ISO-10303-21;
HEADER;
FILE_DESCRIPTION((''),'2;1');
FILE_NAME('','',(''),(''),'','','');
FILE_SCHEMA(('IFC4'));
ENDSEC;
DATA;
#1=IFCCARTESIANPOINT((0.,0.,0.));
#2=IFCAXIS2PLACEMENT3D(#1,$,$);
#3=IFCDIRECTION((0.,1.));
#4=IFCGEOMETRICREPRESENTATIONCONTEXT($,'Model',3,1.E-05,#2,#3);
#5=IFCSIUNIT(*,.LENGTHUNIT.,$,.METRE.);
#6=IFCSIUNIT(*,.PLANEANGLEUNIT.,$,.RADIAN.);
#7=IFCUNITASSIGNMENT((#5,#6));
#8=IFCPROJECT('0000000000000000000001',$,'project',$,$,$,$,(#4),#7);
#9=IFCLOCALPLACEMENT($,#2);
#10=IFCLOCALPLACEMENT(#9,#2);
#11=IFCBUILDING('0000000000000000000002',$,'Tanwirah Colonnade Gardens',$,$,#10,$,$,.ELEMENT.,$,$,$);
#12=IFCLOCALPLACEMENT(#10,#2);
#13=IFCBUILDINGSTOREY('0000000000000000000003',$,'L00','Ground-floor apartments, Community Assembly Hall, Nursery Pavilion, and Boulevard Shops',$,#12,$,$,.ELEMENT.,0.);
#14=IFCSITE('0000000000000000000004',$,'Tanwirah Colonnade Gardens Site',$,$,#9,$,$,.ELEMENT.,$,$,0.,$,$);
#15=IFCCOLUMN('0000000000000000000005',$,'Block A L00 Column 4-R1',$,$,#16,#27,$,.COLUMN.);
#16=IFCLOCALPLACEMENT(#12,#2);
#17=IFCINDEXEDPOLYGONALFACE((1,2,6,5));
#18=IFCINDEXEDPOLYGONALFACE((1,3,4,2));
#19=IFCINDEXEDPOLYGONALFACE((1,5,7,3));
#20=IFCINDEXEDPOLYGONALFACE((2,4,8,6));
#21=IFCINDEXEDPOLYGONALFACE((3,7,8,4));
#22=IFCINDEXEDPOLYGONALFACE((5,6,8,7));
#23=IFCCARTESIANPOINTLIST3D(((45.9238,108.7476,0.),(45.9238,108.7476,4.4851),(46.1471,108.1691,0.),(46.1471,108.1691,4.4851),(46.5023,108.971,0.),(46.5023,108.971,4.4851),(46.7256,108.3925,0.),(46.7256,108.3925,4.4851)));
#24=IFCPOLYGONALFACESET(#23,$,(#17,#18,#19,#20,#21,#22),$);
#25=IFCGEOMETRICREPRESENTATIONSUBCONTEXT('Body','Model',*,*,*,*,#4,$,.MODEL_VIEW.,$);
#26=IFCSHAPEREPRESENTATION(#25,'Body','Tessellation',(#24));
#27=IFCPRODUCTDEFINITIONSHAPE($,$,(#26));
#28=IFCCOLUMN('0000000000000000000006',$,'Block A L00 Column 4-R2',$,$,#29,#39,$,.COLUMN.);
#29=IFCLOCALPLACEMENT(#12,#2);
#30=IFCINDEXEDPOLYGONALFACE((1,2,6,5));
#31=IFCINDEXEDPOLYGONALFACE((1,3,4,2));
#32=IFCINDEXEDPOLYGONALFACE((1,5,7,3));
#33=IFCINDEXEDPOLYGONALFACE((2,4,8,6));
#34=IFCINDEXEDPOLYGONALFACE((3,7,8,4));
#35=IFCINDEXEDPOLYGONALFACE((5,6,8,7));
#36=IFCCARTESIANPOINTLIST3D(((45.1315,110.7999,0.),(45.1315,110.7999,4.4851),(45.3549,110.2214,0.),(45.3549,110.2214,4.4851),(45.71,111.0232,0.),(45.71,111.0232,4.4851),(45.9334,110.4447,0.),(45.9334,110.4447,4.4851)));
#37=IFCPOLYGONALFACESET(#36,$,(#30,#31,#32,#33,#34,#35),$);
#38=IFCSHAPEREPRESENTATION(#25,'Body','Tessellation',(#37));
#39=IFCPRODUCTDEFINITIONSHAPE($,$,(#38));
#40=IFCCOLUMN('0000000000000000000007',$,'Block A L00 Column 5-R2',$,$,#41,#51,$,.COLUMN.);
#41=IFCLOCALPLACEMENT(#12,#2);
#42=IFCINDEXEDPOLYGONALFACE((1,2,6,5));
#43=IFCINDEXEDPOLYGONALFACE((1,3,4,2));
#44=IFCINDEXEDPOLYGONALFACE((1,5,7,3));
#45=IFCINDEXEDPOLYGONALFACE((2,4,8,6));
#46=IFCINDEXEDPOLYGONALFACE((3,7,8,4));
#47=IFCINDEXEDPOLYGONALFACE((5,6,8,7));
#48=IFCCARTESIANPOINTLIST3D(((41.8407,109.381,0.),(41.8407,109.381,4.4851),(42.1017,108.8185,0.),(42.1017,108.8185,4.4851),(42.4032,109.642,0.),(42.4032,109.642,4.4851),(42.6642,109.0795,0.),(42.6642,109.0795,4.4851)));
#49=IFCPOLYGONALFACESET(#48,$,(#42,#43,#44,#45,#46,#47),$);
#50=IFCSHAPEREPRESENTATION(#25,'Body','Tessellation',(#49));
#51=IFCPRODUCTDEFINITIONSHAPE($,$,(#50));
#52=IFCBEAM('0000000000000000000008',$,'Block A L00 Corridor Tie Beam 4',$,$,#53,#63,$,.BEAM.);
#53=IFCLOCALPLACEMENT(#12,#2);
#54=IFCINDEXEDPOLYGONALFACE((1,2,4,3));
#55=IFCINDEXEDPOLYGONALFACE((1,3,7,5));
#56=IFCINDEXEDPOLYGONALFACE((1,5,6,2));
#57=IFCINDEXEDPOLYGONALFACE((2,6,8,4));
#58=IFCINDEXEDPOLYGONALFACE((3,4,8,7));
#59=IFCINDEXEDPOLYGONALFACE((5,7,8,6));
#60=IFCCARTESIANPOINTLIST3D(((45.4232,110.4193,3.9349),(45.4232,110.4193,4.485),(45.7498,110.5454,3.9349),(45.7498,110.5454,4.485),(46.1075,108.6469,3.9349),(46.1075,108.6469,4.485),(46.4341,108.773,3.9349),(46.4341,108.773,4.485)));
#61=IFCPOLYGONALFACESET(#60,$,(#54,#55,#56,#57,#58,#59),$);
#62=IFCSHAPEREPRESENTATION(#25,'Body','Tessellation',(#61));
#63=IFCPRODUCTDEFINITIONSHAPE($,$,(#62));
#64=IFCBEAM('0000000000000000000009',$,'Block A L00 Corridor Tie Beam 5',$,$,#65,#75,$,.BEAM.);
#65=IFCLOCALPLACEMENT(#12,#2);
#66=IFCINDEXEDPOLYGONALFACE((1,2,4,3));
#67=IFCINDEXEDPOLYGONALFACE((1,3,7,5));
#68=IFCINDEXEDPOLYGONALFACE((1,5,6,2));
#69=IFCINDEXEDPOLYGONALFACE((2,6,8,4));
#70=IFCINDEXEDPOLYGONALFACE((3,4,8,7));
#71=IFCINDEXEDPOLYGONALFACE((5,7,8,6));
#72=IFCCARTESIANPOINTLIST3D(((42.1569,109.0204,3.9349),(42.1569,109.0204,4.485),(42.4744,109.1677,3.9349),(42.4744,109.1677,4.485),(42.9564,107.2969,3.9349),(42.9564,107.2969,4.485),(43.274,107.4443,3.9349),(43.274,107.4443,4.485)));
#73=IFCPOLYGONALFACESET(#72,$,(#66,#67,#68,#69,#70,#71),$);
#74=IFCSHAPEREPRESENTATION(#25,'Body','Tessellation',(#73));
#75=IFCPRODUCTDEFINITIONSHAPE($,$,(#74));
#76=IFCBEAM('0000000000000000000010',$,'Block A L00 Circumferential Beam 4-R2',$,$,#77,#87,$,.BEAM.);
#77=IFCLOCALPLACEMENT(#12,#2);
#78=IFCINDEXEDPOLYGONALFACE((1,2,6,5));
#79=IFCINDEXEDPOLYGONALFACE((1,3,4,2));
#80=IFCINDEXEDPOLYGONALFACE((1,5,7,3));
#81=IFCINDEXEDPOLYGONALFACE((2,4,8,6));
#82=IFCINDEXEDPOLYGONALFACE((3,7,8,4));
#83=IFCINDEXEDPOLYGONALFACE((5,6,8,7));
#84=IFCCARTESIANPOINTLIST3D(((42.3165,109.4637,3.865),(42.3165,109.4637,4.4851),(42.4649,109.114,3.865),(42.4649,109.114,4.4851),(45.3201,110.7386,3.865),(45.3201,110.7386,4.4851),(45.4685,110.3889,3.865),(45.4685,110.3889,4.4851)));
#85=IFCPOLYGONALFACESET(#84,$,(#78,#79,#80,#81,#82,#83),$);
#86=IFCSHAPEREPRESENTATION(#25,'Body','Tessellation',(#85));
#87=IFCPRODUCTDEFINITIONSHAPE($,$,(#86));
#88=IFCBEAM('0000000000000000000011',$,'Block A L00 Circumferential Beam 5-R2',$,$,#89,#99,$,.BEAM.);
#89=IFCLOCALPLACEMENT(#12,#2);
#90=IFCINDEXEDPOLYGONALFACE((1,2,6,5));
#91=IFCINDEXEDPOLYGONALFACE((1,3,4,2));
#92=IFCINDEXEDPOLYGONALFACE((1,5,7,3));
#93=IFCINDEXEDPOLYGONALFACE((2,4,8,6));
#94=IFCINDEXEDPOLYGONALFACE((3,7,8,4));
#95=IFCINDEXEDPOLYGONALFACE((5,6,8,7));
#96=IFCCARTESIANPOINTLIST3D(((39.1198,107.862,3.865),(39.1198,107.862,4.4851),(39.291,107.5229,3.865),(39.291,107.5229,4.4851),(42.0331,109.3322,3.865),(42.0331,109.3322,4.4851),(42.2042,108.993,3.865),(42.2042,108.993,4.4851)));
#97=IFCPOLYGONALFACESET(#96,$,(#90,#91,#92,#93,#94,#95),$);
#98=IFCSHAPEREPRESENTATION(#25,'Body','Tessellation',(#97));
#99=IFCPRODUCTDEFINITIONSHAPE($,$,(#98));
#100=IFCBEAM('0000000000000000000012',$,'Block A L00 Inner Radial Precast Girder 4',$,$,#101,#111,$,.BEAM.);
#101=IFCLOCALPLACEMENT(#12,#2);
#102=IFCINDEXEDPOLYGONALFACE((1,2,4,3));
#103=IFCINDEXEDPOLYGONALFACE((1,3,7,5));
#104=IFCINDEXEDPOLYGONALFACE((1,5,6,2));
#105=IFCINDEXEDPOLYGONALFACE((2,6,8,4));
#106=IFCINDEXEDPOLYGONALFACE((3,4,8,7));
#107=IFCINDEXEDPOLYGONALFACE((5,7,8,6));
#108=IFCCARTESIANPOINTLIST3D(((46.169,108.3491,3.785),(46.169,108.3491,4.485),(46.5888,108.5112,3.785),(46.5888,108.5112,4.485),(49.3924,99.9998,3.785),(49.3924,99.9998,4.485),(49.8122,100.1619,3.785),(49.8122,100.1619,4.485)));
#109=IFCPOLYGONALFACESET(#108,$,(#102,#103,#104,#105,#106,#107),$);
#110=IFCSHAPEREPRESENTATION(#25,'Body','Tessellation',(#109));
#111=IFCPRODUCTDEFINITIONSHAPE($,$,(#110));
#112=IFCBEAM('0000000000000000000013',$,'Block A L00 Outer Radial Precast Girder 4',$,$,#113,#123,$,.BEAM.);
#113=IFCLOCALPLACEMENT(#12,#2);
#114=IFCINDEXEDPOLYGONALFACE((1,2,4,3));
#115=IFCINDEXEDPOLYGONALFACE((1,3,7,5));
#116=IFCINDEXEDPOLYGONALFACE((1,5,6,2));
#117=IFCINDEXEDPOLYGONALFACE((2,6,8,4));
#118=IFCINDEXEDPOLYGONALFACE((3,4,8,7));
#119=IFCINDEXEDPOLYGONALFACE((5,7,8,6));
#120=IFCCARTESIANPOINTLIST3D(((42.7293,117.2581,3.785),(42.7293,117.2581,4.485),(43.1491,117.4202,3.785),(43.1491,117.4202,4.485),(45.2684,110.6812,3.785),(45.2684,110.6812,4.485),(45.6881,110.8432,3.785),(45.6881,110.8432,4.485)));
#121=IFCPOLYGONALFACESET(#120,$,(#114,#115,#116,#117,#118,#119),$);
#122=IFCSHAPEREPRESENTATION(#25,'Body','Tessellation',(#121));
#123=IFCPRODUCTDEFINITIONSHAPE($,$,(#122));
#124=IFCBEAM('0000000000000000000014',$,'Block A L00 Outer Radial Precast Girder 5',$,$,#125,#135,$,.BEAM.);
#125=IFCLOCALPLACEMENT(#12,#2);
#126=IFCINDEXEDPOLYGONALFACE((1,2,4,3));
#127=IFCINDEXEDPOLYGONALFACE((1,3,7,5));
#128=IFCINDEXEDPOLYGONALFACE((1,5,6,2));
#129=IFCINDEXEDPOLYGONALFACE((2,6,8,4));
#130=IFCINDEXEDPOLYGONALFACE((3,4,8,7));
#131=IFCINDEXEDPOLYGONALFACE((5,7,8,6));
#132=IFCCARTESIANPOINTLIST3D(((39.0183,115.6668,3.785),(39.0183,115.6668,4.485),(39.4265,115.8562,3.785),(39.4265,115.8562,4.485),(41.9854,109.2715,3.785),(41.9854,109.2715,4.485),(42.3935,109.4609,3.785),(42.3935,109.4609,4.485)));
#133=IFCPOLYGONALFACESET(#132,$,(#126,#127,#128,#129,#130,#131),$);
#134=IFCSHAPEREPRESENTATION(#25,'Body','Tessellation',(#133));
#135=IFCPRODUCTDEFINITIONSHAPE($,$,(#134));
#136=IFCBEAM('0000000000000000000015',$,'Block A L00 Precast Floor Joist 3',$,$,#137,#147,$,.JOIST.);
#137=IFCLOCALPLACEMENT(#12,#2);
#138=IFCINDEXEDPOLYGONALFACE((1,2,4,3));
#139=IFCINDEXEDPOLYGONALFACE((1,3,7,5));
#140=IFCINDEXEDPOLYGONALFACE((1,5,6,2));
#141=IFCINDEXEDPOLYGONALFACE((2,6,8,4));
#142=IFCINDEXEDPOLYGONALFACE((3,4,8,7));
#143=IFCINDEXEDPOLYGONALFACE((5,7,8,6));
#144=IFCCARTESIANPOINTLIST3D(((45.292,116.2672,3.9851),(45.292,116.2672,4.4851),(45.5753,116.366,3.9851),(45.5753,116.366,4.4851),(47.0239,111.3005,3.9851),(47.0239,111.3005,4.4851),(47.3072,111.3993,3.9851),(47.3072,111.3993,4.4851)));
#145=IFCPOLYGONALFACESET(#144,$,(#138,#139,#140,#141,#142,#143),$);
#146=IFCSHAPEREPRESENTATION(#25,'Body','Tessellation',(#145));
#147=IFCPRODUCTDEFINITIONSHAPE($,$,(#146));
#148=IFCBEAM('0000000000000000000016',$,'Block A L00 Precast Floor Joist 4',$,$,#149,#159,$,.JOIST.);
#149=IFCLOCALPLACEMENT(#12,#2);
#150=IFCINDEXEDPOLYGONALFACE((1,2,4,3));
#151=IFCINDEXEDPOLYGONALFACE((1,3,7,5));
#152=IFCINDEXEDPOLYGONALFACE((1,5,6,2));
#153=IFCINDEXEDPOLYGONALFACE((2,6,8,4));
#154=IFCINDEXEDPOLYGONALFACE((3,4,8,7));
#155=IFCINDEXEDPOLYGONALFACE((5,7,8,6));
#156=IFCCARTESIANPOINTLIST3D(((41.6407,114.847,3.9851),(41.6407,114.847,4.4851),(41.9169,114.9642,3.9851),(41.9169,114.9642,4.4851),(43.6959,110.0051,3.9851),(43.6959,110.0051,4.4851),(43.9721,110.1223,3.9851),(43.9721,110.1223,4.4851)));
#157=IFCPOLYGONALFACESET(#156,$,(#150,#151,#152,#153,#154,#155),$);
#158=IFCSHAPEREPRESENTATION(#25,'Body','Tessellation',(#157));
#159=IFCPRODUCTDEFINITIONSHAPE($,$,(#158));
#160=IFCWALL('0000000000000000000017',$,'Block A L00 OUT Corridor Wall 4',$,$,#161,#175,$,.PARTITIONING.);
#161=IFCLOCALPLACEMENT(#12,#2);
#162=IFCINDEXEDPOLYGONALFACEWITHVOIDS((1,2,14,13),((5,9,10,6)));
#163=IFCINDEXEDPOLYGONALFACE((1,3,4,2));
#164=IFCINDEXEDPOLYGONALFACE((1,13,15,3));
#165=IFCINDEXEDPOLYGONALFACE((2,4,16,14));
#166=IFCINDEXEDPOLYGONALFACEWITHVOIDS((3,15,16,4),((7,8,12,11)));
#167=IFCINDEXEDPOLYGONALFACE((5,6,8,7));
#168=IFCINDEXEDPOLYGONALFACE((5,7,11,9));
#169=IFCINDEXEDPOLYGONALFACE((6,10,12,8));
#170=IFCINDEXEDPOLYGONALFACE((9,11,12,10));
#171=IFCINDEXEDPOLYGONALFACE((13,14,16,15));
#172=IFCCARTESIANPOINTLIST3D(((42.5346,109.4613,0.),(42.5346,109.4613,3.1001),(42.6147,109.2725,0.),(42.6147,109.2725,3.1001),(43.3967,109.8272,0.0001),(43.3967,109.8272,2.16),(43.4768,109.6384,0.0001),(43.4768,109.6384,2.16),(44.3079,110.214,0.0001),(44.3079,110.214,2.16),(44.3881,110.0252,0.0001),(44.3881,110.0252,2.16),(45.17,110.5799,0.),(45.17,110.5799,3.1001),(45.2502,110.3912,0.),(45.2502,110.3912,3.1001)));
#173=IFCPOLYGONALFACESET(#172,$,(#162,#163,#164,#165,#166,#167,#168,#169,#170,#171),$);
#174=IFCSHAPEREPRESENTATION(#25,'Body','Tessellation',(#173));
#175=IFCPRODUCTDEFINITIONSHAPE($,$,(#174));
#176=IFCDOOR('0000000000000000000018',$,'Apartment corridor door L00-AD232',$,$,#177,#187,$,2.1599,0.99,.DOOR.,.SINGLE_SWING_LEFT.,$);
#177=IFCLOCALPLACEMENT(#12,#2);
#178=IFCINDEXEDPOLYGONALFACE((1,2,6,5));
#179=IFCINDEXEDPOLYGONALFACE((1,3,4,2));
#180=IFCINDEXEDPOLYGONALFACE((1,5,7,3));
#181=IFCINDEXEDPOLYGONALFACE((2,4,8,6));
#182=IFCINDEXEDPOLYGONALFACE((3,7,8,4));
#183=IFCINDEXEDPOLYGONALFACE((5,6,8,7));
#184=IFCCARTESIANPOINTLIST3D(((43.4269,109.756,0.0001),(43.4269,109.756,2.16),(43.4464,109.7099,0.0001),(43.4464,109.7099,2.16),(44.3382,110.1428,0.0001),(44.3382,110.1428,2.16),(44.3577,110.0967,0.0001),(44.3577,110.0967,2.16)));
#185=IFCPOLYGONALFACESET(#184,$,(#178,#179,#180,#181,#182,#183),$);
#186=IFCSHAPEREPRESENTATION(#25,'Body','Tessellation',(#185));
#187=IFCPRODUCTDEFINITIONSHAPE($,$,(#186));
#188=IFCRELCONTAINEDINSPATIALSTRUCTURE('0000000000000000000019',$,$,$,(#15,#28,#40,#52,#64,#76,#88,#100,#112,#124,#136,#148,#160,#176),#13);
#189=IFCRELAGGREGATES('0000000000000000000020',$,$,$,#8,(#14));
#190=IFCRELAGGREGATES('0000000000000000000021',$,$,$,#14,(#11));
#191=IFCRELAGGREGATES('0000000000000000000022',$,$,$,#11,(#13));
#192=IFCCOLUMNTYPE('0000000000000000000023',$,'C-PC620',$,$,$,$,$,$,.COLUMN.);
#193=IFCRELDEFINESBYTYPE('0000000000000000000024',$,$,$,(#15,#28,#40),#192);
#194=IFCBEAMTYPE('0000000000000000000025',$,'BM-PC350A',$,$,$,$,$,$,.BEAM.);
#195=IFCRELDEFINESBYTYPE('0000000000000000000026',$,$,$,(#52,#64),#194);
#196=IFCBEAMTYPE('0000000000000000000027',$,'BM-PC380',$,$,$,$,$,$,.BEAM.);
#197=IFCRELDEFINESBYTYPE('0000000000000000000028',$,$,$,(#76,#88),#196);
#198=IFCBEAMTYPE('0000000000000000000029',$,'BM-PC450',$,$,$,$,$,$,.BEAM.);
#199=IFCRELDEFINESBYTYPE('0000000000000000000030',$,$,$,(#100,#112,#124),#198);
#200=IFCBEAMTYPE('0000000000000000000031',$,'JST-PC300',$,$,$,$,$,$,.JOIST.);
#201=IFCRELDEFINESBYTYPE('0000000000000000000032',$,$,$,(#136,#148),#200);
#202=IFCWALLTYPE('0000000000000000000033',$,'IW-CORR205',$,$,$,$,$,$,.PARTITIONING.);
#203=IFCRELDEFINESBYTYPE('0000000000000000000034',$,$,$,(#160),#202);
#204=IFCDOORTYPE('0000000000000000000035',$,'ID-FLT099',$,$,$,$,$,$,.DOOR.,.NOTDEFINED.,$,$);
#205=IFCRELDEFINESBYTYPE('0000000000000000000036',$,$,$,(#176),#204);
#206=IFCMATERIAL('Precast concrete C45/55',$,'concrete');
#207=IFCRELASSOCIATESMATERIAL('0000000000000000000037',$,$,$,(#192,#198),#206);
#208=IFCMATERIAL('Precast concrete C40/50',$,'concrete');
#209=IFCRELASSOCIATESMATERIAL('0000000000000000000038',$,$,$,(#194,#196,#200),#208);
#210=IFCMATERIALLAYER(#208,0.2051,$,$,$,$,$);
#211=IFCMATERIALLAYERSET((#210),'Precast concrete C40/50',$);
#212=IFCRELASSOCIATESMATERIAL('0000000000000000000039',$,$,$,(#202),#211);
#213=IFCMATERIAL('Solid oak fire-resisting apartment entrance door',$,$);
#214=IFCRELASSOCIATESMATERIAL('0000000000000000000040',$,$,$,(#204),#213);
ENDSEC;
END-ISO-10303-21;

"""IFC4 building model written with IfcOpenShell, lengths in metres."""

from ifc_helpers import new_model, si_unit, direction, frame, frame_2d, origin, origin_2d, place, context, subcontext, project, spatial, rectangle, extrude, material, layer, layer_set, material_profile, profile_set, type_object, element, fill, save


model = new_model("IFC4")

# Units and contexts
model_context = context("Model", 3, precision=1e-05, world=origin(), true_north=direction((0.0, 1.0)))
body_context = subcontext(model_context, "Body", "Model", "MODEL_VIEW")
ifc_project = project(units=[si_unit("LENGTHUNIT", "METRE"), si_unit("PLANEANGLEUNIT", "RADIAN")], contexts=[model_context])

# Site, building, storey
site_placement = place(None, origin())
site = spatial("IfcSite", under=ifc_project, at=site_placement, Name="Tanwirah Colonnade Gardens Site", CompositionType="ELEMENT", RefElevation=0.0)
building_placement = place(site_placement, origin())
building = spatial("IfcBuilding", under=site, at=building_placement, Name="Tanwirah Colonnade Gardens", CompositionType="ELEMENT")
storey_placement = place(building_placement, origin())
storey = spatial("IfcBuildingStorey", under=building, at=storey_placement, Name="L00", Description="Ground-floor apartments, Community Assembly Hall, Nursery Pavilion, and Boulevard Shops", CompositionType="ELEMENT", Elevation=0.0)

# Columns
ifc_material_1 = material(Name="Precast concrete C45/55", Category="concrete")
ifc_material_profile_1 = material_profile(ifc_material_1, rectangle(XDim=0.6201, YDim=0.6201, at=origin_2d()), Name="PC-COL 620x620")
ifc_profile_set_1 = profile_set([ifc_material_profile_1], Name="Precast concrete C45/55")
column_type = type_object("IfcColumnType", Name="C-PC620", PredefinedType="COLUMN", material=ifc_profile_set_1)
for number, where, z_axis, x_axis, name in (
    (1, (46.3247, 108.5701, 0.0), (0.0, 0.0, 1.0), (-0.360178, 0.932884, 0.0), "Block A L00 Column 4-R1"),
    (2, (45.5325, 110.6223, 0.0), (0.0, 0.0, 1.0), (-0.360178, 0.932884, 0.0), "Block A L00 Column 4-R2"),
    (3, (42.2524, 109.2302, 0.0), (0.0, 0.0, 1.0), (-0.42086, 0.907126, 0.0), "Block A L00 Column 5-R2"),
):
    element("IfcColumn", number, at=place(storey_placement, frame(where, z_axis=z_axis, x_axis=x_axis)), inside=storey, type_object=column_type, Name=name, PredefinedType="COLUMN", context=body_context, shape_type="SweptSolid", body=[
        extrude(rectangle(XDim=0.6201, YDim=0.6201, at=origin_2d()), origin(), (0.0, 0.0, 1.0), 4.4851),
    ])

# Beams
ifc_material_2 = material(Name="Precast concrete C40/50", Category="concrete")
ifc_material_profile_2 = material_profile(ifc_material_2, rectangle(XDim=0.3501, YDim=0.55, at=origin_2d()), Name="PC-BM 350x550")
ifc_profile_set_2 = profile_set([ifc_material_profile_2], Name="Precast concrete C40/50")
beam_type_1 = type_object("IfcBeamType", Name="BM-PC350A", PredefinedType="BEAM", material=ifc_profile_set_2)
for number, where, z_axis, x_axis, name in (
    (4, (46.2708, 108.71, 4.21), (-0.360176, 0.932885, 0.0), (-0.932885, -0.360176, 0.0), "Block A L00 Corridor Tie Beam 4"),
    (5, (43.1152, 107.3706, 4.21), (-0.420858, 0.907126, 0.0), (-0.907126, -0.420858, 0.0), "Block A L00 Corridor Tie Beam 5"),
):
    element("IfcBeam", number, at=place(storey_placement, frame(where, z_axis=z_axis, x_axis=x_axis)), inside=storey, type_object=beam_type_1, Name=name, PredefinedType="BEAM", context=body_context, shape_type="SweptSolid", body=[
        extrude(rectangle(XDim=0.3501, YDim=0.55, at=origin_2d()), origin(), (0.0, 0.0, 1.0), 1.8999),
    ])
ifc_material_profile_3 = material_profile(ifc_material_2, rectangle(XDim=0.3799, YDim=0.6201, at=origin_2d()), Name="PC-BM 380x620")
ifc_profile_set_3 = profile_set([ifc_material_profile_3], Name="Precast concrete C40/50")
beam_type_2 = type_object("IfcBeamType", Name="BM-PC380", PredefinedType="BEAM", material=ifc_profile_set_3)
beam_1_placement = place(storey_placement, frame((45.3943, 110.5637, 4.175), z_axis=(-0.920513, -0.390711, 0.0), x_axis=(0.390711, -0.920513, 0.0)))
element("IfcBeam", 6, at=beam_1_placement, inside=storey, type_object=beam_type_2, Name="Block A L00 Circumferential Beam 4-R2", PredefinedType="BEAM", context=body_context, shape_type="SweptSolid", body=[
    extrude(rectangle(XDim=0.3799, YDim=0.6201, at=origin_2d()), origin(), (0.0, 0.0, 1.0), 3.2629),
])
beam_2_placement = place(storey_placement, frame((42.1187, 109.1626, 4.175), z_axis=(-0.89276, -0.450532, 0.0), x_axis=(0.450532, -0.89276, 0.0)))
element("IfcBeam", 7, at=beam_2_placement, inside=storey, type_object=beam_type_2, Name="Block A L00 Circumferential Beam 5-R2", PredefinedType="BEAM", context=body_context, shape_type="SweptSolid", body=[
    extrude(rectangle(XDim=0.3799, YDim=0.6201, at=origin_2d()), origin(), (0.0, 0.0, 1.0), 3.2632),
])
ifc_material_profile_4 = material_profile(ifc_material_1, rectangle(XDim=0.45, YDim=0.7, at=origin_2d()), Name="PC-BM 450x700")
ifc_profile_set_4 = profile_set([ifc_material_profile_4], Name="Precast concrete C45/55")
beam_type_3 = type_object("IfcBeamType", Name="BM-PC450", PredefinedType="BEAM", material=ifc_profile_set_4)
beam_3_placement = place(storey_placement, frame((46.3789, 108.4302, 4.135), z_axis=(0.360156, -0.932892, 0.0), x_axis=(0.932892, 0.360156, 0.0)))
element("IfcBeam", 8, at=beam_3_placement, inside=storey, type_object=beam_type_3, Name="Block A L00 Inner Radial Precast Girder 4", PredefinedType="BEAM", context=body_context, shape_type="SweptSolid", body=[
    extrude(rectangle(XDim=0.45, YDim=0.7, at=origin_2d()), origin(), (0.0, 0.0, 1.0), 8.95),
])
for number, where, z_axis, x_axis, name in (
    (9, (45.4783, 110.7622, 4.135), (-0.360151, 0.932894, 0.0), (-0.932894, -0.360151, 0.0), "Block A L00 Outer Radial Precast Girder 4"),
    (10, (42.1895, 109.3662, 4.135), (-0.420856, 0.907128, 0.0), (-0.907128, -0.420856, 0.0), "Block A L00 Outer Radial Precast Girder 5"),
):
    element("IfcBeam", number, at=place(storey_placement, frame(where, z_axis=z_axis, x_axis=x_axis)), inside=storey, type_object=beam_type_3, Name=name, PredefinedType="BEAM", context=body_context, shape_type="SweptSolid", body=[
        extrude(rectangle(XDim=0.45, YDim=0.7, at=origin_2d()), origin(), (0.0, 0.0, 1.0), 7.05),
    ])
ifc_material_profile_5 = material_profile(ifc_material_2, rectangle(XDim=0.3, YDim=0.5, at=origin_2d()), Name="PC-JST 300x500")
ifc_profile_set_5 = profile_set([ifc_material_profile_5], Name="Precast concrete C40/50")
beam_type_4 = type_object("IfcBeamType", Name="JST-PC300", PredefinedType="JOIST", material=ifc_profile_set_5)
for number, where, z_axis, x_axis, name in (
    (11, (47.1655, 111.3499, 4.2351), (-0.329259, 0.94424, 0.0), (-0.94424, -0.329259, 0.0), "Block A L00 Precast Floor Joist 3"),
    (12, (43.834, 110.0637, 4.2351), (-0.390724, 0.920508, 0.0), (-0.920508, -0.390724, 0.0), "Block A L00 Precast Floor Joist 4"),
):
    element("IfcBeam", number, at=place(storey_placement, frame(where, z_axis=z_axis, x_axis=x_axis)), inside=storey, type_object=beam_type_4, Name=name, PredefinedType="JOIST", context=body_context, shape_type="SweptSolid", body=[
        extrude(rectangle(XDim=0.3, YDim=0.5, at=origin_2d()), origin(), (0.0, 0.0, 1.0), 5.26),
    ])

# Wall, opening, door
ifc_layer_1 = layer(ifc_material_2, 0.2051)
ifc_layer_set_1 = layer_set([ifc_layer_1], Name="Precast concrete C40/50")
wall_type_1 = type_object("IfcWallType", Name="IW-CORR205", PredefinedType="PARTITIONING", material=ifc_layer_set_1)
wall_1_placement = place(storey_placement, frame((45.2102, 110.4856, 0.0), z_axis=(0.0, 0.0, 1.0), x_axis=(-0.920511, -0.390716, 0.0)))
wall_1 = element("IfcWall", 13, at=wall_1_placement, inside=storey, type_object=wall_type_1, Name="Block A L00 OUT Corridor Wall 4", PredefinedType="PARTITIONING", context=body_context, shape_type="SweptSolid", body=[
    extrude(rectangle(XDim=2.863, YDim=0.2051, at=frame_2d((1.4316, 0.0))), origin(), (0.0, 0.0, 1.0), 3.1001),
])
opening_1_placement = place(wall_1_placement, frame((0.9365, 0.0, 0.0)))
opening_1 = element("IfcOpeningElement", 14, at=opening_1_placement, cuts=wall_1, PredefinedType="OPENING", context=body_context, shape_type="SweptSolid", body=[
    extrude(rectangle(XDim=0.99, YDim=2.1599, at=frame_2d((0.4951, 1.0801))), frame((0.0, 0.1125, 0.0), z_axis=(0.0, -1.0, 0.0), x_axis=(1.0, 0.0, 0.0)), (0.0, 0.0, 1.0), 0.2251),
])
ifc_material_3 = material(Name="Solid oak fire-resisting apartment entrance door")
door_type_1 = type_object("IfcDoorType", Name="ID-FLT099", OperationType="NOTDEFINED", PredefinedType="DOOR", material=ifc_material_3)
door_1_placement = place(opening_1_placement, origin())
door_1 = element("IfcDoor", 15, at=door_1_placement, inside=storey, type_object=door_type_1, Name="Apartment corridor door L00-AD232", OperationType="SINGLE_SWING_LEFT", OverallHeight=2.1599, OverallWidth=0.99, PredefinedType="DOOR", context=body_context, shape_type="SweptSolid", body=[
    extrude(rectangle(XDim=0.99, YDim=2.1599, at=frame_2d((0.4951, 1.0801))), frame((0.0, 0.0249, 0.0), z_axis=(0.0, -1.0, 0.0), x_axis=(1.0, 0.0, 0.0)), (0.0, 0.0, 1.0), 0.05),
])
fill(opening_1, door_1)

save(model, "model.ifc")
